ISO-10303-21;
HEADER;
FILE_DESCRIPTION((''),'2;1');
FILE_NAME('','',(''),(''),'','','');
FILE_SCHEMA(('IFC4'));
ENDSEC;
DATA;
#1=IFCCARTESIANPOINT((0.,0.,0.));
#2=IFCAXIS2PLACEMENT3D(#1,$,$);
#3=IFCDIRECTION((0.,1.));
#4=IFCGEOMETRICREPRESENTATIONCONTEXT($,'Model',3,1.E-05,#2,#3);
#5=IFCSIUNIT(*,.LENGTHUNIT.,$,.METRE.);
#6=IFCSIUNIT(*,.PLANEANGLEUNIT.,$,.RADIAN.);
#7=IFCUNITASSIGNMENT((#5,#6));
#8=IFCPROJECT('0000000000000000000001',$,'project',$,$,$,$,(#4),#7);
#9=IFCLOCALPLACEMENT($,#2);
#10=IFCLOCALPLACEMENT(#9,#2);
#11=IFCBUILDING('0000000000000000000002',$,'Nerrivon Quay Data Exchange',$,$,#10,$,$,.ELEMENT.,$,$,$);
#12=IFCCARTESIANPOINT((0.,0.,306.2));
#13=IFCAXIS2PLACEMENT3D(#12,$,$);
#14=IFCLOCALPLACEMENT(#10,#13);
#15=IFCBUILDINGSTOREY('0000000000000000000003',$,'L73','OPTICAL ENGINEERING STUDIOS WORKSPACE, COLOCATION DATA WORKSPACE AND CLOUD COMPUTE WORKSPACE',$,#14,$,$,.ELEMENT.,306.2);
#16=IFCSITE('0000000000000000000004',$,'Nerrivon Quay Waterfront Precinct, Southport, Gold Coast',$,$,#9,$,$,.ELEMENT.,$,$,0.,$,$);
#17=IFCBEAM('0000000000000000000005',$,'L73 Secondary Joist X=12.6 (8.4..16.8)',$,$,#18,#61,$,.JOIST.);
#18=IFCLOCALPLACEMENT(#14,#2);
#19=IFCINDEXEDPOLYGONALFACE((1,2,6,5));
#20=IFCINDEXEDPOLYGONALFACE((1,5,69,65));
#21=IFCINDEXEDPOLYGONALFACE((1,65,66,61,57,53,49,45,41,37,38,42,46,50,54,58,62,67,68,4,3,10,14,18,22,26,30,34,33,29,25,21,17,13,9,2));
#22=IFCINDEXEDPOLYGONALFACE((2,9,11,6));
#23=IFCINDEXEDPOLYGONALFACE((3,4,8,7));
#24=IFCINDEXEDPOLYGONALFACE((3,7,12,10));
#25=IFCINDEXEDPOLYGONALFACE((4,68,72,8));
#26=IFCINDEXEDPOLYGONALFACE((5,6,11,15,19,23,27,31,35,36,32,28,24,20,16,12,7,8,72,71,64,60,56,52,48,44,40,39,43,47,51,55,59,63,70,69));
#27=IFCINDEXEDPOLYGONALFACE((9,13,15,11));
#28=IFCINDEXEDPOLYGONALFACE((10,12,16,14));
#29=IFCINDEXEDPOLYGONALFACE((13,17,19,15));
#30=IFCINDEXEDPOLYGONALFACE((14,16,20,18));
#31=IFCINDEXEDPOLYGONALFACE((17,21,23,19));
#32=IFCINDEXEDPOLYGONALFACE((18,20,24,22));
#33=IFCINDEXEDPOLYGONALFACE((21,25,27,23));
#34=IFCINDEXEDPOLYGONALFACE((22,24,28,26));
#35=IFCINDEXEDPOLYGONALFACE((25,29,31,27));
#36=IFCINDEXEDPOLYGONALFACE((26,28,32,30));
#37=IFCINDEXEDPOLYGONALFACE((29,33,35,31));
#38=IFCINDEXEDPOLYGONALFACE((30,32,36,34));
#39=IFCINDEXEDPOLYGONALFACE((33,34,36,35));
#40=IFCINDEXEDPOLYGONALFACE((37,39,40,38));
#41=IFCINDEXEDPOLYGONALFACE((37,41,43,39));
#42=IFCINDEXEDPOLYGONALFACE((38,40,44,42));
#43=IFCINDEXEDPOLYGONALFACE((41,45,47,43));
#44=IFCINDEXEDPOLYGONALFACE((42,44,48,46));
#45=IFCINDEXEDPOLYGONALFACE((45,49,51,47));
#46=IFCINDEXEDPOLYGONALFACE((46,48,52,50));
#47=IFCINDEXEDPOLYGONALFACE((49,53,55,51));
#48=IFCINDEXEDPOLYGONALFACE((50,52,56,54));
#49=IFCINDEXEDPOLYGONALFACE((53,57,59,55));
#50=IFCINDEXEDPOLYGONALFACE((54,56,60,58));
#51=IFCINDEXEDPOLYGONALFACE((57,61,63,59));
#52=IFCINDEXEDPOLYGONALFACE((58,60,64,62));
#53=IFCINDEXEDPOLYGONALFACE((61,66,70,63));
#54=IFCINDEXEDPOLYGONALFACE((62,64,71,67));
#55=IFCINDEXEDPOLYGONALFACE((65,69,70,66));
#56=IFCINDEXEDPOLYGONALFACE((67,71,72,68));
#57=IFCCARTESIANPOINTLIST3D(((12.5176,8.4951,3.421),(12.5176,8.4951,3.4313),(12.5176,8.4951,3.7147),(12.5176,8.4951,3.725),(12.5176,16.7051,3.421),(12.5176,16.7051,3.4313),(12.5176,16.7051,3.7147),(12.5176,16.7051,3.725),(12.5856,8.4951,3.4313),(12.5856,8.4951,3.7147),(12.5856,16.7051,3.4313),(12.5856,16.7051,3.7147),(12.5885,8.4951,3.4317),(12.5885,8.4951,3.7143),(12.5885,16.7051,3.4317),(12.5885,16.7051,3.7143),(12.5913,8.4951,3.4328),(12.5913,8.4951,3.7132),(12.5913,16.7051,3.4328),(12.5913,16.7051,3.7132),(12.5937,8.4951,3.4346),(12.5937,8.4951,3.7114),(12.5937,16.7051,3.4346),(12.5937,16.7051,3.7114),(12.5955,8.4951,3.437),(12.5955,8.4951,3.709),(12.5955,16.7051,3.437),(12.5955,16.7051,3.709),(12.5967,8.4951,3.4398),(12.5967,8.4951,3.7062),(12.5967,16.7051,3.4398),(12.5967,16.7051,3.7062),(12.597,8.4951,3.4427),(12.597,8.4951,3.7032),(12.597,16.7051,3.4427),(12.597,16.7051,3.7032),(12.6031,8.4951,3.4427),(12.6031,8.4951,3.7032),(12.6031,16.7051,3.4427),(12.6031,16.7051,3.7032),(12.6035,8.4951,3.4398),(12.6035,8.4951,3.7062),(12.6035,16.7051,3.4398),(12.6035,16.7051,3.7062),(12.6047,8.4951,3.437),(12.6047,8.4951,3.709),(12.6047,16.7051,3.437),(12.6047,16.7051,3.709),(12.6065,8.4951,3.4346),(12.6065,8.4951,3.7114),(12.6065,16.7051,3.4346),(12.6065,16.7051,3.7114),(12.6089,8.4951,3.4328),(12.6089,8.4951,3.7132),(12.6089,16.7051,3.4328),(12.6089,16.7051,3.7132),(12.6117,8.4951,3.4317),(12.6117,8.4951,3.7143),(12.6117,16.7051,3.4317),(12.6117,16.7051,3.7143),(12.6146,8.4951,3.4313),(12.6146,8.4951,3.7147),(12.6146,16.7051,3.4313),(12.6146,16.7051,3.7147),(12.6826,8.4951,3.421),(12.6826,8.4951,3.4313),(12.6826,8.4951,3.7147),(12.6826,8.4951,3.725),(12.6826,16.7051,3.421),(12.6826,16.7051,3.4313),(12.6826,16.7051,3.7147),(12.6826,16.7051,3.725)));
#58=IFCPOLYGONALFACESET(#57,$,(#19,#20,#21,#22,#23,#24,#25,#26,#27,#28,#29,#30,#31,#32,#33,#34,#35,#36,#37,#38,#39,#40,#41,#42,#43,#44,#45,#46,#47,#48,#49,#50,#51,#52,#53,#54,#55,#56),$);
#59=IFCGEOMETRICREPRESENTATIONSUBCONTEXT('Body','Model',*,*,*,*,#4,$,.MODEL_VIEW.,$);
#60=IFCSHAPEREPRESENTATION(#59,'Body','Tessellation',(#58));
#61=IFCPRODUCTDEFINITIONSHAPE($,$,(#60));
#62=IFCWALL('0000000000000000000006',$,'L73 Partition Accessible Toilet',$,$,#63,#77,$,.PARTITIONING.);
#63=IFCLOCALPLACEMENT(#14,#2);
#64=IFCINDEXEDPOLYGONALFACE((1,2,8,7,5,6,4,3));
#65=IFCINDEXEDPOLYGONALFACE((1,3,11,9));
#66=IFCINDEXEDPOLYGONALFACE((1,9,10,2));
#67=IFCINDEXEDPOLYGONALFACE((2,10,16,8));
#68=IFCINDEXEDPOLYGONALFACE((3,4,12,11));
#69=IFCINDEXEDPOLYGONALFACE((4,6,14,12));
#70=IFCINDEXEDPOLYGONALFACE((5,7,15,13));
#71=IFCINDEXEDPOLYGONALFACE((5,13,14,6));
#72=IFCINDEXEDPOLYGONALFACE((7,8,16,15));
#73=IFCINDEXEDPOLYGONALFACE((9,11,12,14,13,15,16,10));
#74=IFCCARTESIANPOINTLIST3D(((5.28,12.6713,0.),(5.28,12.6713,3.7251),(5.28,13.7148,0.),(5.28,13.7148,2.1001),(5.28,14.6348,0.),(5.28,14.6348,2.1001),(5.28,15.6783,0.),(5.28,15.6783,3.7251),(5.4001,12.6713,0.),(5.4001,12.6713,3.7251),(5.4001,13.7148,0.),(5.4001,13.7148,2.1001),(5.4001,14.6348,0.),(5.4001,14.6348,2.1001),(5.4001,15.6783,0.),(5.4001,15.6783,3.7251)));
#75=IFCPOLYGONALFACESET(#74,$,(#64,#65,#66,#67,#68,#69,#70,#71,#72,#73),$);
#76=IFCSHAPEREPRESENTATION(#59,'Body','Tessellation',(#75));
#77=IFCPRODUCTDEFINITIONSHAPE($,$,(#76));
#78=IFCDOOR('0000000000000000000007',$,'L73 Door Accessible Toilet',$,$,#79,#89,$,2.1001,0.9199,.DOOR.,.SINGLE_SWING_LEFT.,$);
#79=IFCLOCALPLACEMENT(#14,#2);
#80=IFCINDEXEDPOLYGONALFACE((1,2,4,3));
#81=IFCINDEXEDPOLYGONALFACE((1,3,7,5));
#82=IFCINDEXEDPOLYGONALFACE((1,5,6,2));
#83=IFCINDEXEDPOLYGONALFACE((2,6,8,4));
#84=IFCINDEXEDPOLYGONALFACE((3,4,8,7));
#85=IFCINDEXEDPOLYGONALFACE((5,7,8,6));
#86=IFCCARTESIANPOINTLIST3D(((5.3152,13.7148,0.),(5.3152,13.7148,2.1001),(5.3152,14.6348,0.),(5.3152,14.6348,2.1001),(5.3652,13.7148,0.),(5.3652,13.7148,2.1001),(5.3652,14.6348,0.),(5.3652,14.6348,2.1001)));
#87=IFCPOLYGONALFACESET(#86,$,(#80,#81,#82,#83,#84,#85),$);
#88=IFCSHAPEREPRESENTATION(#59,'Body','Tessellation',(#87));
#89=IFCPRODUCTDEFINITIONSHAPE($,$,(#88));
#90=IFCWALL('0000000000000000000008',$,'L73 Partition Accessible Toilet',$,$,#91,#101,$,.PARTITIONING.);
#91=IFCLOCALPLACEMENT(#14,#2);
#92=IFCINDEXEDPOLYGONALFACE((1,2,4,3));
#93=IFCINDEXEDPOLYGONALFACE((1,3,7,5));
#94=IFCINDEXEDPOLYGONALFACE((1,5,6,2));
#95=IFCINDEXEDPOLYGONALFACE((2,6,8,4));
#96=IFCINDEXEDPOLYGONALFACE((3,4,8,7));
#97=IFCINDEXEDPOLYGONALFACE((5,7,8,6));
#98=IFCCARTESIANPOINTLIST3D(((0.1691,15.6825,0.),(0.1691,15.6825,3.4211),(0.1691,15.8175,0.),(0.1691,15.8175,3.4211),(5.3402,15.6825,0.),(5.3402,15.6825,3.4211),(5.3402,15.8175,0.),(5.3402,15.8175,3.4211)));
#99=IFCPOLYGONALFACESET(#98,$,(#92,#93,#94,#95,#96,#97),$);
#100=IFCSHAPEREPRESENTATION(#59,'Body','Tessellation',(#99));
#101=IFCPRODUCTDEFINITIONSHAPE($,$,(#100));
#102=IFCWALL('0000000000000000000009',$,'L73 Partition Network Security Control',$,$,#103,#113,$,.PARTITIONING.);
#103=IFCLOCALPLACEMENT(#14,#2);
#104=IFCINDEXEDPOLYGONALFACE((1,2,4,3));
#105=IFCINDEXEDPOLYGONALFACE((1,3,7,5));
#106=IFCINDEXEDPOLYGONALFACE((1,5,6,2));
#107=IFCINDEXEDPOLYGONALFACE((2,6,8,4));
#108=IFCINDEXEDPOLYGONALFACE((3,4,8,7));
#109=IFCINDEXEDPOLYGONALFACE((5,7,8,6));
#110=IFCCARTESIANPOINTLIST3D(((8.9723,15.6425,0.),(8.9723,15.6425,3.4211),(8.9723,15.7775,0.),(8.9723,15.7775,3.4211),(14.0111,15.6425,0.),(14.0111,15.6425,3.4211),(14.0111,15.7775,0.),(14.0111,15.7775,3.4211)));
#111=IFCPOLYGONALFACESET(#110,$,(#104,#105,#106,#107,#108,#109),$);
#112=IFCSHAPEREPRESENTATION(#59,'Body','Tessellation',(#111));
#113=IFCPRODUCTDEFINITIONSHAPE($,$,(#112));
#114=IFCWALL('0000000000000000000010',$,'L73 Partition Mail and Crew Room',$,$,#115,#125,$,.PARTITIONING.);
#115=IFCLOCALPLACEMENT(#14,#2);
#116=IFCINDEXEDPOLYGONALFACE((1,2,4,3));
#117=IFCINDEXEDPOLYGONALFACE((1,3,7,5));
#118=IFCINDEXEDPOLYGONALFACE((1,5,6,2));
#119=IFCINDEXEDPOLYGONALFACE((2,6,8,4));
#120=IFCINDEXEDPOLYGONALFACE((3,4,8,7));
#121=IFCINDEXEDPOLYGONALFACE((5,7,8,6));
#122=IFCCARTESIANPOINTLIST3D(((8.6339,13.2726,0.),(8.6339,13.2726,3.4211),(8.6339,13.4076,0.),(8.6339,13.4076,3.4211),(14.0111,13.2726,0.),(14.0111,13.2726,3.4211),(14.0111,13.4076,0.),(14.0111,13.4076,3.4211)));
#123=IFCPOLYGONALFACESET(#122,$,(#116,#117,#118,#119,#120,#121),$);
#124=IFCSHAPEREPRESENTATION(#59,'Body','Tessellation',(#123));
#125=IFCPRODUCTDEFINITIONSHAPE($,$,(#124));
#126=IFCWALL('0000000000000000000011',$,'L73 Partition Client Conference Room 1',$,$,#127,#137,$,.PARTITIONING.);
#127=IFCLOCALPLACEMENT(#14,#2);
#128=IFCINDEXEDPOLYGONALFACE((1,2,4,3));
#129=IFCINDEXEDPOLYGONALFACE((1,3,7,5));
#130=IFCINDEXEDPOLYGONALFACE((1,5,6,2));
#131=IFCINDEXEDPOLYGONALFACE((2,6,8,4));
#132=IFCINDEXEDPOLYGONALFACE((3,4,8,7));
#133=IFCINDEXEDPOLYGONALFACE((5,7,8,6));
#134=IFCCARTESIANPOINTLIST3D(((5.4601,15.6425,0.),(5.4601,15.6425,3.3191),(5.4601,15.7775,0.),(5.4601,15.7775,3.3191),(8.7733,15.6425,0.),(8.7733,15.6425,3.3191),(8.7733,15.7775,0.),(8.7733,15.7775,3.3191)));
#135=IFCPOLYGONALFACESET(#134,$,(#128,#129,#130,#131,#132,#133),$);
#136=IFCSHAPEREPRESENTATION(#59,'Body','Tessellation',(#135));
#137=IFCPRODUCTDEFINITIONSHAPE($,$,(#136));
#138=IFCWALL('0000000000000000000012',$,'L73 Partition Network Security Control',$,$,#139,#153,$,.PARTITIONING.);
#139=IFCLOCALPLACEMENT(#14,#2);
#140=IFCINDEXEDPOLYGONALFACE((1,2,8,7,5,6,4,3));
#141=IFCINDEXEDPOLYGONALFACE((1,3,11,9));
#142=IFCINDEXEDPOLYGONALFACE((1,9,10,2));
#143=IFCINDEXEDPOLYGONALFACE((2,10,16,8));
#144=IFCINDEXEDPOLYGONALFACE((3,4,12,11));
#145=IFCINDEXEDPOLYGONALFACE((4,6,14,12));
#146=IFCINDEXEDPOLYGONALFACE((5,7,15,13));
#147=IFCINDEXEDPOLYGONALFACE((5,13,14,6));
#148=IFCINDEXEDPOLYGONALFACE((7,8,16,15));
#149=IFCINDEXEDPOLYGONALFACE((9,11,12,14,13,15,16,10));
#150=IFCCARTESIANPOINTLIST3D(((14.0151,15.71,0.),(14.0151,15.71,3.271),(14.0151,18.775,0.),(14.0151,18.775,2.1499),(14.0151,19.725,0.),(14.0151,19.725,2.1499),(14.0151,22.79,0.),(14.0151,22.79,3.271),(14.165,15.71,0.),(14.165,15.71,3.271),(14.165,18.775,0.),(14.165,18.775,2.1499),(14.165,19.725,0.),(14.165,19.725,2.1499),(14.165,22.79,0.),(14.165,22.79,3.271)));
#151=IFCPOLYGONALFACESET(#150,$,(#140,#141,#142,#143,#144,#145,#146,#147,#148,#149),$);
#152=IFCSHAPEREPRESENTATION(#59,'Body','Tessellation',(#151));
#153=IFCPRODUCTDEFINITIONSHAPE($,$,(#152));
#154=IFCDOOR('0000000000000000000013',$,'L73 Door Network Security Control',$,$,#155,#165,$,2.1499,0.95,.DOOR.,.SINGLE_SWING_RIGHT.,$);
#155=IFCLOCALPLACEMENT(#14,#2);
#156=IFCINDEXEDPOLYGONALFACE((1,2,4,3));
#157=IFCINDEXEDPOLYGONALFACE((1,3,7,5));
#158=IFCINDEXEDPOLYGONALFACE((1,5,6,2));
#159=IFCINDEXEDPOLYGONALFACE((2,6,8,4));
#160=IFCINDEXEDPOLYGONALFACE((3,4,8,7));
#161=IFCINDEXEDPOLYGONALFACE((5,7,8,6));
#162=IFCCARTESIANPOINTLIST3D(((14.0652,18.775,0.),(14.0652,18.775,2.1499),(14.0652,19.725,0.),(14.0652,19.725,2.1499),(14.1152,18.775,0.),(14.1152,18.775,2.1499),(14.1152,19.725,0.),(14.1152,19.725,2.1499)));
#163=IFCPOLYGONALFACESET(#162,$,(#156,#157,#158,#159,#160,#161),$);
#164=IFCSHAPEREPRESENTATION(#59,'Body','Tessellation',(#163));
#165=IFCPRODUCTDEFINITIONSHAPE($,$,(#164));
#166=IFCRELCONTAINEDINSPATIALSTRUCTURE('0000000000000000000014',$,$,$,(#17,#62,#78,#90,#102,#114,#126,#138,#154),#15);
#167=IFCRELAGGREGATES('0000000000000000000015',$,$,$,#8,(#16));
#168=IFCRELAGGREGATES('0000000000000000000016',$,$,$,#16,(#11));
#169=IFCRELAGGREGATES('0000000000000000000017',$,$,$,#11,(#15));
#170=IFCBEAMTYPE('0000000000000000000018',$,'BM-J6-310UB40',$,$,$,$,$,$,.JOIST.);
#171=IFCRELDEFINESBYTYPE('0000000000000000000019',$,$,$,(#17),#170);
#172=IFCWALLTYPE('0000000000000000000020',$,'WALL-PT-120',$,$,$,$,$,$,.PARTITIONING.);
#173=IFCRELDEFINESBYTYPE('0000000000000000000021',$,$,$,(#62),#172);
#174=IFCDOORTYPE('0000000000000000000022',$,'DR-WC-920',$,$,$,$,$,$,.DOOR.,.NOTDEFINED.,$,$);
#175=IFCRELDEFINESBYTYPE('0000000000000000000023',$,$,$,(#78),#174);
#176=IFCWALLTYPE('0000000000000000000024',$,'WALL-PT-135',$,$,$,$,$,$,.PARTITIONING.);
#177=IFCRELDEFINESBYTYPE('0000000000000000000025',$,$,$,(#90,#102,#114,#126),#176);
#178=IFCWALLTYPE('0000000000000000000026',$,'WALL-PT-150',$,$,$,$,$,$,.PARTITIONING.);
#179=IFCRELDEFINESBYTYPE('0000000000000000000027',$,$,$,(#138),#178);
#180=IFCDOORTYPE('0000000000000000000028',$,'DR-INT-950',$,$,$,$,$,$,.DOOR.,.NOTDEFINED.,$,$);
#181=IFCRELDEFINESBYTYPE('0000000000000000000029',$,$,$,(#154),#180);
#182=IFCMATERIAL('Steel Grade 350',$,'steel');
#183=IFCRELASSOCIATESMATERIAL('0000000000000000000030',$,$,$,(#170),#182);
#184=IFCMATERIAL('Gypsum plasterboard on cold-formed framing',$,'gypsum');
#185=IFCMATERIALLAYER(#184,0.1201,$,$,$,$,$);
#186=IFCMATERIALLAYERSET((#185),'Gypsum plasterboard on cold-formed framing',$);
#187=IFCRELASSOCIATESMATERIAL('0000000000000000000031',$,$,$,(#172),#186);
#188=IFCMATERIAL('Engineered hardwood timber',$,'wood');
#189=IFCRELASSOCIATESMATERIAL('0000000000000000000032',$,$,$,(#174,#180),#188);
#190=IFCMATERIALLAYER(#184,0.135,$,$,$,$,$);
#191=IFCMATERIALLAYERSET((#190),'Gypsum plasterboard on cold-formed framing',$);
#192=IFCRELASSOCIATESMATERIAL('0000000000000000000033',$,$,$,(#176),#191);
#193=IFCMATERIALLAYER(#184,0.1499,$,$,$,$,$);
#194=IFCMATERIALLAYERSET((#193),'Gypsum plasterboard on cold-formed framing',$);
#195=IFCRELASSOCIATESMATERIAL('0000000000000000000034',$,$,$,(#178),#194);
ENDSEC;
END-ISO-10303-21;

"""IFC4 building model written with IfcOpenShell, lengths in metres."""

from ifc_helpers import new_model, si_unit, direction, frame, frame_2d, origin, origin_2d, place, context, subcontext, project, spatial, rectangle, i_section, extrude, material, layer, layer_set, material_profile, profile_set, type_object, element, fill, save


model = new_model("IFC4")

# Units and contexts
model_context = context("Model", 3, precision=1e-05, world=origin(), true_north=direction((0.0, 1.0)))
body_context = subcontext(model_context, "Body", "Model", "MODEL_VIEW")
ifc_project = project(units=[si_unit("LENGTHUNIT", "METRE"), si_unit("PLANEANGLEUNIT", "RADIAN")], contexts=[model_context])

# Site, building, storey
site_placement = place(None, origin())
site = spatial("IfcSite", under=ifc_project, at=site_placement, Name="Nerrivon Quay Waterfront Precinct, Southport, Gold Coast", CompositionType="ELEMENT", RefElevation=0.0)
building_placement = place(site_placement, origin())
building = spatial("IfcBuilding", under=site, at=building_placement, Name="Nerrivon Quay Data Exchange", CompositionType="ELEMENT")
storey_placement = place(building_placement, frame((0.0, 0.0, 306.2)))
storey = spatial("IfcBuildingStorey", under=building, at=storey_placement, Name="L73", Description="OPTICAL ENGINEERING STUDIOS WORKSPACE, COLOCATION DATA WORKSPACE AND CLOUD COMPUTE WORKSPACE", CompositionType="ELEMENT", Elevation=306.2)

# Shared definitions
ifc_material_1 = material(Name="Steel Grade 350", Category="steel")

# Beam
ifc_material_profile_1 = material_profile(ifc_material_1, i_section(OverallWidth=0.165, OverallDepth=0.304, WebThickness=0.0061, FlangeThickness=0.0103, FilletRadius=0.0115, at=origin_2d()), Name="310UB40.4")
ifc_profile_set_1 = profile_set([ifc_material_profile_1], Name="Steel Grade 350")
beam_type_1 = type_object("IfcBeamType", Name="BM-J6-310UB40", PredefinedType="JOIST", material=ifc_profile_set_1)
beam_1_placement = place(storey_placement, frame((12.6001, 8.4951, 3.573), z_axis=(0.0, 1.0, 0.0), x_axis=(-1.0, 0.0, 0.0)))
element("IfcBeam", 1, at=beam_1_placement, inside=storey, type_object=beam_type_1, Name="L73 Secondary Joist X=12.6 (8.4..16.8)", PredefinedType="JOIST", context=body_context, shape_type="SweptSolid", body=[
    extrude(i_section(OverallWidth=0.165, OverallDepth=0.304, WebThickness=0.0061, FlangeThickness=0.0103, FilletRadius=0.0115, at=origin_2d()), origin(), (0.0, 0.0, 1.0), 8.21),
])

# Wall, opening, door
ifc_material_2 = material(Name="Gypsum plasterboard on cold-formed framing", Category="gypsum")
ifc_material_3 = material(Name="Engineered hardwood timber", Category="wood")
ifc_layer_1 = layer(ifc_material_2, 0.1201)
ifc_layer_set_1 = layer_set([ifc_layer_1], Name="Gypsum plasterboard on cold-formed framing")
wall_type_1 = type_object("IfcWallType", Name="WALL-PT-120", PredefinedType="PARTITIONING", material=ifc_layer_set_1)
wall_1_placement = place(storey_placement, frame((5.3401, 12.6714, 0.0), z_axis=(0.0, 0.0, 1.0), x_axis=(0.0, 1.0, 0.0)))
wall_1 = element("IfcWall", 2, at=wall_1_placement, inside=storey, type_object=wall_type_1, Name="L73 Partition Accessible Toilet", PredefinedType="PARTITIONING", context=body_context, shape_type="SweptSolid", body=[
    extrude(rectangle(XDim=3.0071, YDim=0.1201, at=frame_2d((1.5034, 0.0))), origin(), (0.0, 0.0, 1.0), 3.7251),
])
opening_1_placement = place(wall_1_placement, frame((1.0435, 0.0, 0.0)))
opening_1 = element("IfcOpeningElement", 3, at=opening_1_placement, cuts=wall_1, PredefinedType="OPENING", context=body_context, shape_type="SweptSolid", body=[
    extrude(rectangle(XDim=0.9199, YDim=2.1001, at=frame_2d((0.46, 1.05))), frame((0.0, 0.0701, 0.0), z_axis=(0.0, -1.0, 0.0), x_axis=(1.0, 0.0, 0.0)), (0.0, 0.0, 1.0), 0.1401),
])
door_type_1 = type_object("IfcDoorType", Name="DR-WC-920", OperationType="NOTDEFINED", PredefinedType="DOOR", material=ifc_material_3)
door_1_placement = place(opening_1_placement, origin())
door_1 = element("IfcDoor", 4, at=door_1_placement, inside=storey, type_object=door_type_1, Name="L73 Door Accessible Toilet", OperationType="SINGLE_SWING_LEFT", OverallHeight=2.1001, OverallWidth=0.9199, PredefinedType="DOOR", context=body_context, shape_type="SweptSolid", body=[
    extrude(rectangle(XDim=0.9199, YDim=2.1001, at=frame_2d((0.46, 1.05))), frame((0.0, 0.0249, 0.0), z_axis=(0.0, -1.0, 0.0), x_axis=(1.0, 0.0, 0.0)), (0.0, 0.0, 1.0), 0.05),
])
fill(opening_1, door_1)

# Walls
ifc_layer_2 = layer(ifc_material_2, 0.135)
ifc_layer_set_2 = layer_set([ifc_layer_2], Name="Gypsum plasterboard on cold-formed framing")
wall_type_2 = type_object("IfcWallType", Name="WALL-PT-135", PredefinedType="PARTITIONING", material=ifc_layer_set_2)
wall_2_placement = place(storey_placement, frame((5.3401, 15.75, 0.0), z_axis=(0.0, 0.0, 1.0), x_axis=(-1.0, 0.0, 0.0)))
element("IfcWall", 5, at=wall_2_placement, inside=storey, type_object=wall_type_2, Name="L73 Partition Accessible Toilet", PredefinedType="PARTITIONING", context=body_context, shape_type="SweptSolid", body=[
    extrude(rectangle(XDim=5.1711, YDim=0.135, at=frame_2d((2.5854, 0.0))), origin(), (0.0, 0.0, 1.0), 3.4211),
])
wall_3_placement = place(storey_placement, frame((8.9722, 15.71, 0.0), z_axis=(0.0, 0.0, 1.0), x_axis=(1.0, 0.0, 0.0)))
element("IfcWall", 6, at=wall_3_placement, inside=storey, type_object=wall_type_2, Name="L73 Partition Network Security Control", PredefinedType="PARTITIONING", context=body_context, shape_type="SweptSolid", body=[
    extrude(rectangle(XDim=5.0388, YDim=0.135, at=frame_2d((2.5195, 0.0))), origin(), (0.0, 0.0, 1.0), 3.4211),
])
wall_4_placement = place(storey_placement, frame((14.011, 13.3401, 0.0), z_axis=(0.0, 0.0, 1.0), x_axis=(-1.0, 0.0, 0.0)))
element("IfcWall", 7, at=wall_4_placement, inside=storey, type_object=wall_type_2, Name="L73 Partition Mail and Crew Room", PredefinedType="PARTITIONING", context=body_context, shape_type="SweptSolid", body=[
    extrude(rectangle(XDim=5.3772, YDim=0.135, at=frame_2d((2.6885, 0.0))), origin(), (0.0, 0.0, 1.0), 3.4211),
])
wall_5_placement = place(storey_placement, frame((5.46, 15.71, 0.0), z_axis=(0.0, 0.0, 1.0), x_axis=(1.0, 0.0, 0.0)))
element("IfcWall", 8, at=wall_5_placement, inside=storey, type_object=wall_type_2, Name="L73 Partition Client Conference Room 1", PredefinedType="PARTITIONING", context=body_context, shape_type="SweptSolid", body=[
    extrude(rectangle(XDim=3.3132, YDim=0.135, at=frame_2d((1.6567, 0.0))), origin(), (0.0, 0.0, 1.0), 3.3191),
])

# Wall, opening, door
ifc_layer_3 = layer(ifc_material_2, 0.1499)
ifc_layer_set_3 = layer_set([ifc_layer_3], Name="Gypsum plasterboard on cold-formed framing")
wall_type_3 = type_object("IfcWallType", Name="WALL-PT-150", PredefinedType="PARTITIONING", material=ifc_layer_set_3)
wall_6_placement = place(storey_placement, frame((14.0901, 15.71, 0.0), z_axis=(0.0, 0.0, 1.0), x_axis=(0.0, 1.0, 0.0)))
wall_6 = element("IfcWall", 9, at=wall_6_placement, inside=storey, type_object=wall_type_3, Name="L73 Partition Network Security Control", PredefinedType="PARTITIONING", context=body_context, shape_type="SweptSolid", body=[
    extrude(rectangle(XDim=7.0801, YDim=0.1499, at=frame_2d((3.54, 0.0))), origin(), (0.0, 0.0, 1.0), 3.271),
])
opening_2_placement = place(wall_6_placement, frame((3.0649, 0.0, 0.0)))
opening_2 = element("IfcOpeningElement", 10, at=opening_2_placement, cuts=wall_6, PredefinedType="OPENING", context=body_context, shape_type="SweptSolid", body=[
    extrude(rectangle(XDim=0.95, YDim=2.1499, at=frame_2d((0.4751, 1.075))), frame((0.0, 0.085, 0.0), z_axis=(0.0, -1.0, 0.0), x_axis=(1.0, 0.0, 0.0)), (0.0, 0.0, 1.0), 0.1699),
])
door_type_2 = type_object("IfcDoorType", Name="DR-INT-950", OperationType="NOTDEFINED", PredefinedType="DOOR", material=ifc_material_3)
door_2_placement = place(opening_2_placement, origin())
door_2 = element("IfcDoor", 11, at=door_2_placement, inside=storey, type_object=door_type_2, Name="L73 Door Network Security Control", OperationType="SINGLE_SWING_RIGHT", OverallHeight=2.1499, OverallWidth=0.95, PredefinedType="DOOR", context=body_context, shape_type="SweptSolid", body=[
    extrude(rectangle(XDim=0.95, YDim=2.1499, at=frame_2d((0.4751, 1.075))), frame((0.0, 0.0249, 0.0), z_axis=(0.0, -1.0, 0.0), x_axis=(1.0, 0.0, 0.0)), (0.0, 0.0, 1.0), 0.05),
])
fill(opening_2, door_2)

save(model, "model.ifc")
